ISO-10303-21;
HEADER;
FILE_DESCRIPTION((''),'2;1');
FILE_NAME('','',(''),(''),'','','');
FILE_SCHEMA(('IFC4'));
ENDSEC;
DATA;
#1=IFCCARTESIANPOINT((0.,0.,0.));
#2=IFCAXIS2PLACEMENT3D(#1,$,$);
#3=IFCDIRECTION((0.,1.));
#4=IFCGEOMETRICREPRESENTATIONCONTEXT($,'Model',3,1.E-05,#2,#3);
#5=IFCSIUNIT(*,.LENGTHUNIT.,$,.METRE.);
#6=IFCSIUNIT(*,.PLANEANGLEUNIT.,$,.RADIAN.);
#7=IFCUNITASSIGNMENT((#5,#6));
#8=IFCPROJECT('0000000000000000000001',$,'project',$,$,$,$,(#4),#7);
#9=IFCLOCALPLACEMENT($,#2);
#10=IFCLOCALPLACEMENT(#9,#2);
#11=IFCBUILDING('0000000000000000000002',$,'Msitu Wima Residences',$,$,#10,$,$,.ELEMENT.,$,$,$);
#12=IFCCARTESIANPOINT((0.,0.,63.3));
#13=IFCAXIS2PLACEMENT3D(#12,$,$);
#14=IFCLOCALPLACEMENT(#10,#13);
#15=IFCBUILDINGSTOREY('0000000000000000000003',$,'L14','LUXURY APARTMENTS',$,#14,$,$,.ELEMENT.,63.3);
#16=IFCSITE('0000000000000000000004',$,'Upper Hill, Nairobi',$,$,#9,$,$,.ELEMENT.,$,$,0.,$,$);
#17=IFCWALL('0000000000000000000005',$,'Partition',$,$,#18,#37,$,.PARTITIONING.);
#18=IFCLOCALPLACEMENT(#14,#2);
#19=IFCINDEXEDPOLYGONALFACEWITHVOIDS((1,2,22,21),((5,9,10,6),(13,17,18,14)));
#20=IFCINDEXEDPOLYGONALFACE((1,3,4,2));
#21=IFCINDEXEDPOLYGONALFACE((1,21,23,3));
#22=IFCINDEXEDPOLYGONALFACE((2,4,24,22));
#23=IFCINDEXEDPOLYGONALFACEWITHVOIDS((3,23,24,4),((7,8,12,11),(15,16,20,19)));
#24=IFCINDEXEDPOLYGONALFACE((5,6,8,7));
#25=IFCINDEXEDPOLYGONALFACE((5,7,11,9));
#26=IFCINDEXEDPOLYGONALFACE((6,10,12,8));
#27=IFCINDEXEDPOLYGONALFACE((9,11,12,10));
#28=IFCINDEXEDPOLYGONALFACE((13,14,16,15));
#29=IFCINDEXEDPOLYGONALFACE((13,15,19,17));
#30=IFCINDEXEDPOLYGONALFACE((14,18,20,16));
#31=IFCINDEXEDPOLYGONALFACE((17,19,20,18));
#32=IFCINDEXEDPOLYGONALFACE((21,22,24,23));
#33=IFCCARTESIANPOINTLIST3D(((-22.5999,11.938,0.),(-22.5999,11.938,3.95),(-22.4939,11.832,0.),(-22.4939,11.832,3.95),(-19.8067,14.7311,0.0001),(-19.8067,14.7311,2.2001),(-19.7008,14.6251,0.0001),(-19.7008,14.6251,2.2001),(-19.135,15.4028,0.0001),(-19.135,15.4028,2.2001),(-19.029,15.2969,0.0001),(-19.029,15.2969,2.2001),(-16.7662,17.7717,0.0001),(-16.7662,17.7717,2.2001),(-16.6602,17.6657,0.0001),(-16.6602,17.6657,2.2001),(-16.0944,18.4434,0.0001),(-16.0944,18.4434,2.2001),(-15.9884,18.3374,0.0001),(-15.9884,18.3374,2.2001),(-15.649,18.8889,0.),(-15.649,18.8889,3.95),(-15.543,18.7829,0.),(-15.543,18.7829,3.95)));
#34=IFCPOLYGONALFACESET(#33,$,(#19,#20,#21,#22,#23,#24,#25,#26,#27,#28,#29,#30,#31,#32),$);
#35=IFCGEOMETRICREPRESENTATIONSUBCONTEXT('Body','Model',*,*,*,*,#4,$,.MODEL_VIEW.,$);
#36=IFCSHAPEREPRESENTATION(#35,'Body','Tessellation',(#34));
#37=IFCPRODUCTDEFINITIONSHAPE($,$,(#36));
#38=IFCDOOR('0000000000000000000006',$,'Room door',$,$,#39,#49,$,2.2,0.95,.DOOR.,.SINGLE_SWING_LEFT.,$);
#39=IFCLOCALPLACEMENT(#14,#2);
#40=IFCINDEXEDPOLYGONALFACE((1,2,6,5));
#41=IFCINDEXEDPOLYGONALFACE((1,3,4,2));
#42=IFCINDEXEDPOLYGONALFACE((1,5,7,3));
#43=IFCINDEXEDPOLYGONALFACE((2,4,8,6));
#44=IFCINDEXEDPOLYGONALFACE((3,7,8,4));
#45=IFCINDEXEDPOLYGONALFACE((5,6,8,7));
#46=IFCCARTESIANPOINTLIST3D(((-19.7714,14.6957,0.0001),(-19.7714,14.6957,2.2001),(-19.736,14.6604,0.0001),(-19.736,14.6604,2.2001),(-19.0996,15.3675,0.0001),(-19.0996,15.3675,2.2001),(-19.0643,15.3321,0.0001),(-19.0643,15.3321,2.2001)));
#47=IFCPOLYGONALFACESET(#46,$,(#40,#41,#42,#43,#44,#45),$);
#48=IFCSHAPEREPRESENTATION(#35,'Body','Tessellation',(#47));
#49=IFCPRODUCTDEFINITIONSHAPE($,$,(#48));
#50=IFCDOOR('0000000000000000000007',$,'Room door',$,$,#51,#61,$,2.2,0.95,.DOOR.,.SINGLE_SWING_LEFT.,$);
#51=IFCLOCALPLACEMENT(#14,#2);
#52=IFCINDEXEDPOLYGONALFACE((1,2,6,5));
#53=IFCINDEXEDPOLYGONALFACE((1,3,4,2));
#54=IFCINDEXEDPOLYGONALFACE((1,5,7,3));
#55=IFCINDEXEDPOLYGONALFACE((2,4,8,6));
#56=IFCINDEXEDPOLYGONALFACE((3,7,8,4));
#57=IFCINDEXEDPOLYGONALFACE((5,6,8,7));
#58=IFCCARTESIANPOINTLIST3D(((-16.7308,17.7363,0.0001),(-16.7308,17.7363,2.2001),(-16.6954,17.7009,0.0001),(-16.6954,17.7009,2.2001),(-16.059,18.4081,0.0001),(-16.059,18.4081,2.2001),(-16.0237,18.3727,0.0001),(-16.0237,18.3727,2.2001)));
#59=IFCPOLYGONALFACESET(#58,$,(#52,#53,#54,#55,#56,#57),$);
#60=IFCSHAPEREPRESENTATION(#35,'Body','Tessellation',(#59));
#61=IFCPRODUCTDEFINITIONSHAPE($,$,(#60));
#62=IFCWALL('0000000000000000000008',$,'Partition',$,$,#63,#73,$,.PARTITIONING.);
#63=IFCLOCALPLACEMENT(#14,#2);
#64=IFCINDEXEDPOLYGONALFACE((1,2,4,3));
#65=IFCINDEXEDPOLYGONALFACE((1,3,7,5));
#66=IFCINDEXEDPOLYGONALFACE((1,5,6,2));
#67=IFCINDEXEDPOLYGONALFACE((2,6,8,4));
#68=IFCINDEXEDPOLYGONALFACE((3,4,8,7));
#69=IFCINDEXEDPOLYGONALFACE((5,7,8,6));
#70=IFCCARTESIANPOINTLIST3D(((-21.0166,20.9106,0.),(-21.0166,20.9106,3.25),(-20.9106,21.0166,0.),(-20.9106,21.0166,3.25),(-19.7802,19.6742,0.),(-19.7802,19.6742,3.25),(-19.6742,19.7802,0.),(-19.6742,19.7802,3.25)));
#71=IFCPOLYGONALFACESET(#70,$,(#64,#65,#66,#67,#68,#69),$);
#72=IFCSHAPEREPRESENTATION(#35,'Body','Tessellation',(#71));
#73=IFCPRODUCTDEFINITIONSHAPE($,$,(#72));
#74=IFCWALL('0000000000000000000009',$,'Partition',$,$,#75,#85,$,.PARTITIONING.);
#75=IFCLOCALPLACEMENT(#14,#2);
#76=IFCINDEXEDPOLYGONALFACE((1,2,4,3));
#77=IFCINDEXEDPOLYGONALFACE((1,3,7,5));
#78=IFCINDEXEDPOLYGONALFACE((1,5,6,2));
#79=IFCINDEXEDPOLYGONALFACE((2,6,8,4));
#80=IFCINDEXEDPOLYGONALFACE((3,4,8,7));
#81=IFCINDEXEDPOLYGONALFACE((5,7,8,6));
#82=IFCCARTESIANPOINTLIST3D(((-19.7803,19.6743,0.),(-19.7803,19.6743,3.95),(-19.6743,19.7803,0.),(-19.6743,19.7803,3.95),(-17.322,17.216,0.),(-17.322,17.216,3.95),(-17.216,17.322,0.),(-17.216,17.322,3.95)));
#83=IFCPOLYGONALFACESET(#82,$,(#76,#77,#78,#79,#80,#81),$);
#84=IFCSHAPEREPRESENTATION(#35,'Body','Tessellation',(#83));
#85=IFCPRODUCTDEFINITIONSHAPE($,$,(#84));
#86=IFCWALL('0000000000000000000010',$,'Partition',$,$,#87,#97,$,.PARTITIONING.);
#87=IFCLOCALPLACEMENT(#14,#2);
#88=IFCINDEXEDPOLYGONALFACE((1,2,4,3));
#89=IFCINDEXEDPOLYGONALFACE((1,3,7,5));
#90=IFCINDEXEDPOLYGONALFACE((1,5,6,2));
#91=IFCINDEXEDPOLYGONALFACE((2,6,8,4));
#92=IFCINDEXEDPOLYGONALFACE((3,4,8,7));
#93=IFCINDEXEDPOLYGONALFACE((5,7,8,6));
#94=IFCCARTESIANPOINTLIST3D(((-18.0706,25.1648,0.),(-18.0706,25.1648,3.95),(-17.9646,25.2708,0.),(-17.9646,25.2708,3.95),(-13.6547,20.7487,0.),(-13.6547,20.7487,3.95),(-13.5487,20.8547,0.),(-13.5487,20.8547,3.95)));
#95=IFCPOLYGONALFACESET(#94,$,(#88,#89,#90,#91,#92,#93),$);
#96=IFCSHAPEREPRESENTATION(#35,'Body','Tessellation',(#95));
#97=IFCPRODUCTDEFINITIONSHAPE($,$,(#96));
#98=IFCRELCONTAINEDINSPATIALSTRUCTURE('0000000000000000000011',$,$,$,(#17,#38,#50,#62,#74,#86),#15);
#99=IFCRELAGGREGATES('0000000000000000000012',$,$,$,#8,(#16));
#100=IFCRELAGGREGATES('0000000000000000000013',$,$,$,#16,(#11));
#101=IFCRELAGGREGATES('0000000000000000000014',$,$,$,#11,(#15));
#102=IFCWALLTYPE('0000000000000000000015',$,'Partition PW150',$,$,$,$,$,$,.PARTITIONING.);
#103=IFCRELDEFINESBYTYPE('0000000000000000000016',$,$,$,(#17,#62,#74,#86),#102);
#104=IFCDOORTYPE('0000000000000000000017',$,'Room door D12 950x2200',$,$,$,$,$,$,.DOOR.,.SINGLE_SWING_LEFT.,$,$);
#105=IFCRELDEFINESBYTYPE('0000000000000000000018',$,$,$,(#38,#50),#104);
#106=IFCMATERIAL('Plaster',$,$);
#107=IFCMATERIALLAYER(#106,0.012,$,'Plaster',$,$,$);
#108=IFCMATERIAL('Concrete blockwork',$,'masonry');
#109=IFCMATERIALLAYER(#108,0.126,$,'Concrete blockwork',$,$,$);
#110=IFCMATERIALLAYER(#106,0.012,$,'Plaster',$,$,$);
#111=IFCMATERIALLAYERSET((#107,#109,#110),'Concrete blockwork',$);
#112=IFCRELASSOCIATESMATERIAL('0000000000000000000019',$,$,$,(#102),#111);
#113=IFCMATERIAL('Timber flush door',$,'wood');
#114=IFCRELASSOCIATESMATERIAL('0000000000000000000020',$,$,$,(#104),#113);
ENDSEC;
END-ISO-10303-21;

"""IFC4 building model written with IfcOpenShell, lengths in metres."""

from ifc_helpers import new_model, si_unit, direction, frame, frame_2d, origin, place, context, subcontext, project, spatial, rectangle, extrude, material, layer, layer_set, type_object, element, fill, save


model = new_model("IFC4")

# Units and contexts
model_context = context("Model", 3, precision=1e-05, world=origin(), true_north=direction((0.0, 1.0)))
body_context = subcontext(model_context, "Body", "Model", "MODEL_VIEW")
ifc_project = project(units=[si_unit("LENGTHUNIT", "METRE"), si_unit("PLANEANGLEUNIT", "RADIAN")], contexts=[model_context])

# Site, building, storey
site_placement = place(None, origin())
site = spatial("IfcSite", under=ifc_project, at=site_placement, Name="Upper Hill, Nairobi", CompositionType="ELEMENT", RefElevation=0.0)
building_placement = place(site_placement, origin())
building = spatial("IfcBuilding", under=site, at=building_placement, Name="Msitu Wima Residences", CompositionType="ELEMENT")
storey_placement = place(building_placement, frame((0.0, 0.0, 63.3)))
storey = spatial("IfcBuildingStorey", under=building, at=storey_placement, Name="L14", Description="LUXURY APARTMENTS", CompositionType="ELEMENT", Elevation=63.3)

# Shared definitions
ifc_material_1 = material(Name="Plaster")
ifc_material_2 = material(Name="Concrete blockwork", Category="masonry")
ifc_layer_1 = layer(ifc_material_1, 0.012, Name="Plaster")
ifc_layer_2 = layer(ifc_material_2, 0.126, Name="Concrete blockwork")
ifc_layer_3 = layer(ifc_material_1, 0.012, Name="Plaster")
ifc_layer_set_1 = layer_set([ifc_layer_1, ifc_layer_2, ifc_layer_3], Name="Concrete blockwork")
wall_type_1 = type_object("IfcWallType", Name="Partition PW150", PredefinedType="PARTITIONING", material=ifc_layer_set_1)

# Wall, openings, doors
wall_1_placement = place(storey_placement, frame((-22.5469, 11.885, 0.0), z_axis=(0.0, 0.0, 1.0), x_axis=(0.707107, 0.707107, 0.0)))
wall_1 = element("IfcWall", 1, at=wall_1_placement, inside=storey, type_object=wall_type_1, Name="Partition", PredefinedType="PARTITIONING", context=body_context, shape_type="SweptSolid", body=[
    extrude(rectangle(XDim=9.8301, YDim=0.1499, at=frame_2d((4.915, 0.0))), origin(), (0.0, 0.0, 1.0), 3.95),
])
opening_1_placement = place(wall_1_placement, frame((3.95, 0.0, 0.0)))
opening_1 = element("IfcOpeningElement", 2, at=opening_1_placement, cuts=wall_1, PredefinedType="OPENING", context=body_context, shape_type="SweptSolid", body=[
    extrude(rectangle(XDim=0.95, YDim=2.2, at=frame_2d((0.4751, 1.1001))), frame((0.0, 0.085, 0.0), z_axis=(0.0, -1.0, 0.0), x_axis=(1.0, 0.0, 0.0)), (0.0, 0.0, 1.0), 0.1699),
])
opening_2_placement = place(wall_1_placement, frame((8.25, 0.0, 0.0)))
opening_2 = element("IfcOpeningElement", 3, at=opening_2_placement, cuts=wall_1, PredefinedType="OPENING", context=body_context, shape_type="SweptSolid", body=[
    extrude(rectangle(XDim=0.95, YDim=2.2, at=frame_2d((0.4751, 1.1001))), frame((0.0, 0.085, 0.0), z_axis=(0.0, -1.0, 0.0), x_axis=(1.0, 0.0, 0.0)), (0.0, 0.0, 1.0), 0.1699),
])
ifc_material_3 = material(Name="Timber flush door", Category="wood")
door_type_1 = type_object("IfcDoorType", Name="Room door D12 950x2200", OperationType="SINGLE_SWING_LEFT", PredefinedType="DOOR", material=ifc_material_3)
door_1_placement = place(opening_1_placement, origin())
door_1 = element("IfcDoor", 4, at=door_1_placement, inside=storey, type_object=door_type_1, Name="Room door", OperationType="SINGLE_SWING_LEFT", OverallHeight=2.2, OverallWidth=0.95, PredefinedType="DOOR", context=body_context, shape_type="SweptSolid", body=[
    extrude(rectangle(XDim=0.95, YDim=2.2, at=frame_2d((0.4751, 1.1001))), frame((0.0, 0.0249, 0.0), z_axis=(0.0, -1.0, 0.0), x_axis=(1.0, 0.0, 0.0)), (0.0, 0.0, 1.0), 0.05),
])
fill(opening_1, door_1)
door_2_placement = place(opening_2_placement, origin())
door_2 = element("IfcDoor", 5, at=door_2_placement, inside=storey, type_object=door_type_1, Name="Room door", OperationType="SINGLE_SWING_LEFT", OverallHeight=2.2, OverallWidth=0.95, PredefinedType="DOOR", context=body_context, shape_type="SweptSolid", body=[
    extrude(rectangle(XDim=0.95, YDim=2.2, at=frame_2d((0.4751, 1.1001))), frame((0.0, 0.0249, 0.0), z_axis=(0.0, -1.0, 0.0), x_axis=(1.0, 0.0, 0.0)), (0.0, 0.0, 1.0), 0.05),
])
fill(opening_2, door_2)

# Walls
wall_2_placement = place(storey_placement, frame((-20.9636, 20.9636, 0.0), z_axis=(0.0, 0.0, 1.0), x_axis=(0.707107, -0.707107, 0.0)))
element("IfcWall", 6, at=wall_2_placement, inside=storey, type_object=wall_type_1, Name="Partition", PredefinedType="PARTITIONING", context=body_context, shape_type="SweptSolid", body=[
    extrude(rectangle(XDim=1.7485, YDim=0.1499, at=frame_2d((0.8743, 0.0))), origin(), (0.0, 0.0, 1.0), 3.25),
])
wall_3_placement = place(storey_placement, frame((-19.7273, 19.7273, 0.0), z_axis=(0.0, 0.0, 1.0), x_axis=(0.707107, -0.707107, 0.0)))
element("IfcWall", 7, at=wall_3_placement, inside=storey, type_object=wall_type_1, Name="Partition", PredefinedType="PARTITIONING", context=body_context, shape_type="SweptSolid", body=[
    extrude(rectangle(XDim=3.4766, YDim=0.1499, at=frame_2d((1.7383, 0.0))), origin(), (0.0, 0.0, 1.0), 3.95),
])
wall_4_placement = place(storey_placement, frame((-18.0176, 25.2178, 0.0), z_axis=(0.0, 0.0, 1.0), x_axis=(0.707087, -0.707126, 0.0)))
element("IfcWall", 8, at=wall_4_placement, inside=storey, type_object=wall_type_1, Name="Partition", PredefinedType="PARTITIONING", context=body_context, shape_type="SweptSolid", body=[
    extrude(rectangle(XDim=6.2451, YDim=0.1499, at=frame_2d((3.1226, 0.0))), origin(), (0.0, 0.0, 1.0), 3.95),
])

save(model, "model.ifc")
